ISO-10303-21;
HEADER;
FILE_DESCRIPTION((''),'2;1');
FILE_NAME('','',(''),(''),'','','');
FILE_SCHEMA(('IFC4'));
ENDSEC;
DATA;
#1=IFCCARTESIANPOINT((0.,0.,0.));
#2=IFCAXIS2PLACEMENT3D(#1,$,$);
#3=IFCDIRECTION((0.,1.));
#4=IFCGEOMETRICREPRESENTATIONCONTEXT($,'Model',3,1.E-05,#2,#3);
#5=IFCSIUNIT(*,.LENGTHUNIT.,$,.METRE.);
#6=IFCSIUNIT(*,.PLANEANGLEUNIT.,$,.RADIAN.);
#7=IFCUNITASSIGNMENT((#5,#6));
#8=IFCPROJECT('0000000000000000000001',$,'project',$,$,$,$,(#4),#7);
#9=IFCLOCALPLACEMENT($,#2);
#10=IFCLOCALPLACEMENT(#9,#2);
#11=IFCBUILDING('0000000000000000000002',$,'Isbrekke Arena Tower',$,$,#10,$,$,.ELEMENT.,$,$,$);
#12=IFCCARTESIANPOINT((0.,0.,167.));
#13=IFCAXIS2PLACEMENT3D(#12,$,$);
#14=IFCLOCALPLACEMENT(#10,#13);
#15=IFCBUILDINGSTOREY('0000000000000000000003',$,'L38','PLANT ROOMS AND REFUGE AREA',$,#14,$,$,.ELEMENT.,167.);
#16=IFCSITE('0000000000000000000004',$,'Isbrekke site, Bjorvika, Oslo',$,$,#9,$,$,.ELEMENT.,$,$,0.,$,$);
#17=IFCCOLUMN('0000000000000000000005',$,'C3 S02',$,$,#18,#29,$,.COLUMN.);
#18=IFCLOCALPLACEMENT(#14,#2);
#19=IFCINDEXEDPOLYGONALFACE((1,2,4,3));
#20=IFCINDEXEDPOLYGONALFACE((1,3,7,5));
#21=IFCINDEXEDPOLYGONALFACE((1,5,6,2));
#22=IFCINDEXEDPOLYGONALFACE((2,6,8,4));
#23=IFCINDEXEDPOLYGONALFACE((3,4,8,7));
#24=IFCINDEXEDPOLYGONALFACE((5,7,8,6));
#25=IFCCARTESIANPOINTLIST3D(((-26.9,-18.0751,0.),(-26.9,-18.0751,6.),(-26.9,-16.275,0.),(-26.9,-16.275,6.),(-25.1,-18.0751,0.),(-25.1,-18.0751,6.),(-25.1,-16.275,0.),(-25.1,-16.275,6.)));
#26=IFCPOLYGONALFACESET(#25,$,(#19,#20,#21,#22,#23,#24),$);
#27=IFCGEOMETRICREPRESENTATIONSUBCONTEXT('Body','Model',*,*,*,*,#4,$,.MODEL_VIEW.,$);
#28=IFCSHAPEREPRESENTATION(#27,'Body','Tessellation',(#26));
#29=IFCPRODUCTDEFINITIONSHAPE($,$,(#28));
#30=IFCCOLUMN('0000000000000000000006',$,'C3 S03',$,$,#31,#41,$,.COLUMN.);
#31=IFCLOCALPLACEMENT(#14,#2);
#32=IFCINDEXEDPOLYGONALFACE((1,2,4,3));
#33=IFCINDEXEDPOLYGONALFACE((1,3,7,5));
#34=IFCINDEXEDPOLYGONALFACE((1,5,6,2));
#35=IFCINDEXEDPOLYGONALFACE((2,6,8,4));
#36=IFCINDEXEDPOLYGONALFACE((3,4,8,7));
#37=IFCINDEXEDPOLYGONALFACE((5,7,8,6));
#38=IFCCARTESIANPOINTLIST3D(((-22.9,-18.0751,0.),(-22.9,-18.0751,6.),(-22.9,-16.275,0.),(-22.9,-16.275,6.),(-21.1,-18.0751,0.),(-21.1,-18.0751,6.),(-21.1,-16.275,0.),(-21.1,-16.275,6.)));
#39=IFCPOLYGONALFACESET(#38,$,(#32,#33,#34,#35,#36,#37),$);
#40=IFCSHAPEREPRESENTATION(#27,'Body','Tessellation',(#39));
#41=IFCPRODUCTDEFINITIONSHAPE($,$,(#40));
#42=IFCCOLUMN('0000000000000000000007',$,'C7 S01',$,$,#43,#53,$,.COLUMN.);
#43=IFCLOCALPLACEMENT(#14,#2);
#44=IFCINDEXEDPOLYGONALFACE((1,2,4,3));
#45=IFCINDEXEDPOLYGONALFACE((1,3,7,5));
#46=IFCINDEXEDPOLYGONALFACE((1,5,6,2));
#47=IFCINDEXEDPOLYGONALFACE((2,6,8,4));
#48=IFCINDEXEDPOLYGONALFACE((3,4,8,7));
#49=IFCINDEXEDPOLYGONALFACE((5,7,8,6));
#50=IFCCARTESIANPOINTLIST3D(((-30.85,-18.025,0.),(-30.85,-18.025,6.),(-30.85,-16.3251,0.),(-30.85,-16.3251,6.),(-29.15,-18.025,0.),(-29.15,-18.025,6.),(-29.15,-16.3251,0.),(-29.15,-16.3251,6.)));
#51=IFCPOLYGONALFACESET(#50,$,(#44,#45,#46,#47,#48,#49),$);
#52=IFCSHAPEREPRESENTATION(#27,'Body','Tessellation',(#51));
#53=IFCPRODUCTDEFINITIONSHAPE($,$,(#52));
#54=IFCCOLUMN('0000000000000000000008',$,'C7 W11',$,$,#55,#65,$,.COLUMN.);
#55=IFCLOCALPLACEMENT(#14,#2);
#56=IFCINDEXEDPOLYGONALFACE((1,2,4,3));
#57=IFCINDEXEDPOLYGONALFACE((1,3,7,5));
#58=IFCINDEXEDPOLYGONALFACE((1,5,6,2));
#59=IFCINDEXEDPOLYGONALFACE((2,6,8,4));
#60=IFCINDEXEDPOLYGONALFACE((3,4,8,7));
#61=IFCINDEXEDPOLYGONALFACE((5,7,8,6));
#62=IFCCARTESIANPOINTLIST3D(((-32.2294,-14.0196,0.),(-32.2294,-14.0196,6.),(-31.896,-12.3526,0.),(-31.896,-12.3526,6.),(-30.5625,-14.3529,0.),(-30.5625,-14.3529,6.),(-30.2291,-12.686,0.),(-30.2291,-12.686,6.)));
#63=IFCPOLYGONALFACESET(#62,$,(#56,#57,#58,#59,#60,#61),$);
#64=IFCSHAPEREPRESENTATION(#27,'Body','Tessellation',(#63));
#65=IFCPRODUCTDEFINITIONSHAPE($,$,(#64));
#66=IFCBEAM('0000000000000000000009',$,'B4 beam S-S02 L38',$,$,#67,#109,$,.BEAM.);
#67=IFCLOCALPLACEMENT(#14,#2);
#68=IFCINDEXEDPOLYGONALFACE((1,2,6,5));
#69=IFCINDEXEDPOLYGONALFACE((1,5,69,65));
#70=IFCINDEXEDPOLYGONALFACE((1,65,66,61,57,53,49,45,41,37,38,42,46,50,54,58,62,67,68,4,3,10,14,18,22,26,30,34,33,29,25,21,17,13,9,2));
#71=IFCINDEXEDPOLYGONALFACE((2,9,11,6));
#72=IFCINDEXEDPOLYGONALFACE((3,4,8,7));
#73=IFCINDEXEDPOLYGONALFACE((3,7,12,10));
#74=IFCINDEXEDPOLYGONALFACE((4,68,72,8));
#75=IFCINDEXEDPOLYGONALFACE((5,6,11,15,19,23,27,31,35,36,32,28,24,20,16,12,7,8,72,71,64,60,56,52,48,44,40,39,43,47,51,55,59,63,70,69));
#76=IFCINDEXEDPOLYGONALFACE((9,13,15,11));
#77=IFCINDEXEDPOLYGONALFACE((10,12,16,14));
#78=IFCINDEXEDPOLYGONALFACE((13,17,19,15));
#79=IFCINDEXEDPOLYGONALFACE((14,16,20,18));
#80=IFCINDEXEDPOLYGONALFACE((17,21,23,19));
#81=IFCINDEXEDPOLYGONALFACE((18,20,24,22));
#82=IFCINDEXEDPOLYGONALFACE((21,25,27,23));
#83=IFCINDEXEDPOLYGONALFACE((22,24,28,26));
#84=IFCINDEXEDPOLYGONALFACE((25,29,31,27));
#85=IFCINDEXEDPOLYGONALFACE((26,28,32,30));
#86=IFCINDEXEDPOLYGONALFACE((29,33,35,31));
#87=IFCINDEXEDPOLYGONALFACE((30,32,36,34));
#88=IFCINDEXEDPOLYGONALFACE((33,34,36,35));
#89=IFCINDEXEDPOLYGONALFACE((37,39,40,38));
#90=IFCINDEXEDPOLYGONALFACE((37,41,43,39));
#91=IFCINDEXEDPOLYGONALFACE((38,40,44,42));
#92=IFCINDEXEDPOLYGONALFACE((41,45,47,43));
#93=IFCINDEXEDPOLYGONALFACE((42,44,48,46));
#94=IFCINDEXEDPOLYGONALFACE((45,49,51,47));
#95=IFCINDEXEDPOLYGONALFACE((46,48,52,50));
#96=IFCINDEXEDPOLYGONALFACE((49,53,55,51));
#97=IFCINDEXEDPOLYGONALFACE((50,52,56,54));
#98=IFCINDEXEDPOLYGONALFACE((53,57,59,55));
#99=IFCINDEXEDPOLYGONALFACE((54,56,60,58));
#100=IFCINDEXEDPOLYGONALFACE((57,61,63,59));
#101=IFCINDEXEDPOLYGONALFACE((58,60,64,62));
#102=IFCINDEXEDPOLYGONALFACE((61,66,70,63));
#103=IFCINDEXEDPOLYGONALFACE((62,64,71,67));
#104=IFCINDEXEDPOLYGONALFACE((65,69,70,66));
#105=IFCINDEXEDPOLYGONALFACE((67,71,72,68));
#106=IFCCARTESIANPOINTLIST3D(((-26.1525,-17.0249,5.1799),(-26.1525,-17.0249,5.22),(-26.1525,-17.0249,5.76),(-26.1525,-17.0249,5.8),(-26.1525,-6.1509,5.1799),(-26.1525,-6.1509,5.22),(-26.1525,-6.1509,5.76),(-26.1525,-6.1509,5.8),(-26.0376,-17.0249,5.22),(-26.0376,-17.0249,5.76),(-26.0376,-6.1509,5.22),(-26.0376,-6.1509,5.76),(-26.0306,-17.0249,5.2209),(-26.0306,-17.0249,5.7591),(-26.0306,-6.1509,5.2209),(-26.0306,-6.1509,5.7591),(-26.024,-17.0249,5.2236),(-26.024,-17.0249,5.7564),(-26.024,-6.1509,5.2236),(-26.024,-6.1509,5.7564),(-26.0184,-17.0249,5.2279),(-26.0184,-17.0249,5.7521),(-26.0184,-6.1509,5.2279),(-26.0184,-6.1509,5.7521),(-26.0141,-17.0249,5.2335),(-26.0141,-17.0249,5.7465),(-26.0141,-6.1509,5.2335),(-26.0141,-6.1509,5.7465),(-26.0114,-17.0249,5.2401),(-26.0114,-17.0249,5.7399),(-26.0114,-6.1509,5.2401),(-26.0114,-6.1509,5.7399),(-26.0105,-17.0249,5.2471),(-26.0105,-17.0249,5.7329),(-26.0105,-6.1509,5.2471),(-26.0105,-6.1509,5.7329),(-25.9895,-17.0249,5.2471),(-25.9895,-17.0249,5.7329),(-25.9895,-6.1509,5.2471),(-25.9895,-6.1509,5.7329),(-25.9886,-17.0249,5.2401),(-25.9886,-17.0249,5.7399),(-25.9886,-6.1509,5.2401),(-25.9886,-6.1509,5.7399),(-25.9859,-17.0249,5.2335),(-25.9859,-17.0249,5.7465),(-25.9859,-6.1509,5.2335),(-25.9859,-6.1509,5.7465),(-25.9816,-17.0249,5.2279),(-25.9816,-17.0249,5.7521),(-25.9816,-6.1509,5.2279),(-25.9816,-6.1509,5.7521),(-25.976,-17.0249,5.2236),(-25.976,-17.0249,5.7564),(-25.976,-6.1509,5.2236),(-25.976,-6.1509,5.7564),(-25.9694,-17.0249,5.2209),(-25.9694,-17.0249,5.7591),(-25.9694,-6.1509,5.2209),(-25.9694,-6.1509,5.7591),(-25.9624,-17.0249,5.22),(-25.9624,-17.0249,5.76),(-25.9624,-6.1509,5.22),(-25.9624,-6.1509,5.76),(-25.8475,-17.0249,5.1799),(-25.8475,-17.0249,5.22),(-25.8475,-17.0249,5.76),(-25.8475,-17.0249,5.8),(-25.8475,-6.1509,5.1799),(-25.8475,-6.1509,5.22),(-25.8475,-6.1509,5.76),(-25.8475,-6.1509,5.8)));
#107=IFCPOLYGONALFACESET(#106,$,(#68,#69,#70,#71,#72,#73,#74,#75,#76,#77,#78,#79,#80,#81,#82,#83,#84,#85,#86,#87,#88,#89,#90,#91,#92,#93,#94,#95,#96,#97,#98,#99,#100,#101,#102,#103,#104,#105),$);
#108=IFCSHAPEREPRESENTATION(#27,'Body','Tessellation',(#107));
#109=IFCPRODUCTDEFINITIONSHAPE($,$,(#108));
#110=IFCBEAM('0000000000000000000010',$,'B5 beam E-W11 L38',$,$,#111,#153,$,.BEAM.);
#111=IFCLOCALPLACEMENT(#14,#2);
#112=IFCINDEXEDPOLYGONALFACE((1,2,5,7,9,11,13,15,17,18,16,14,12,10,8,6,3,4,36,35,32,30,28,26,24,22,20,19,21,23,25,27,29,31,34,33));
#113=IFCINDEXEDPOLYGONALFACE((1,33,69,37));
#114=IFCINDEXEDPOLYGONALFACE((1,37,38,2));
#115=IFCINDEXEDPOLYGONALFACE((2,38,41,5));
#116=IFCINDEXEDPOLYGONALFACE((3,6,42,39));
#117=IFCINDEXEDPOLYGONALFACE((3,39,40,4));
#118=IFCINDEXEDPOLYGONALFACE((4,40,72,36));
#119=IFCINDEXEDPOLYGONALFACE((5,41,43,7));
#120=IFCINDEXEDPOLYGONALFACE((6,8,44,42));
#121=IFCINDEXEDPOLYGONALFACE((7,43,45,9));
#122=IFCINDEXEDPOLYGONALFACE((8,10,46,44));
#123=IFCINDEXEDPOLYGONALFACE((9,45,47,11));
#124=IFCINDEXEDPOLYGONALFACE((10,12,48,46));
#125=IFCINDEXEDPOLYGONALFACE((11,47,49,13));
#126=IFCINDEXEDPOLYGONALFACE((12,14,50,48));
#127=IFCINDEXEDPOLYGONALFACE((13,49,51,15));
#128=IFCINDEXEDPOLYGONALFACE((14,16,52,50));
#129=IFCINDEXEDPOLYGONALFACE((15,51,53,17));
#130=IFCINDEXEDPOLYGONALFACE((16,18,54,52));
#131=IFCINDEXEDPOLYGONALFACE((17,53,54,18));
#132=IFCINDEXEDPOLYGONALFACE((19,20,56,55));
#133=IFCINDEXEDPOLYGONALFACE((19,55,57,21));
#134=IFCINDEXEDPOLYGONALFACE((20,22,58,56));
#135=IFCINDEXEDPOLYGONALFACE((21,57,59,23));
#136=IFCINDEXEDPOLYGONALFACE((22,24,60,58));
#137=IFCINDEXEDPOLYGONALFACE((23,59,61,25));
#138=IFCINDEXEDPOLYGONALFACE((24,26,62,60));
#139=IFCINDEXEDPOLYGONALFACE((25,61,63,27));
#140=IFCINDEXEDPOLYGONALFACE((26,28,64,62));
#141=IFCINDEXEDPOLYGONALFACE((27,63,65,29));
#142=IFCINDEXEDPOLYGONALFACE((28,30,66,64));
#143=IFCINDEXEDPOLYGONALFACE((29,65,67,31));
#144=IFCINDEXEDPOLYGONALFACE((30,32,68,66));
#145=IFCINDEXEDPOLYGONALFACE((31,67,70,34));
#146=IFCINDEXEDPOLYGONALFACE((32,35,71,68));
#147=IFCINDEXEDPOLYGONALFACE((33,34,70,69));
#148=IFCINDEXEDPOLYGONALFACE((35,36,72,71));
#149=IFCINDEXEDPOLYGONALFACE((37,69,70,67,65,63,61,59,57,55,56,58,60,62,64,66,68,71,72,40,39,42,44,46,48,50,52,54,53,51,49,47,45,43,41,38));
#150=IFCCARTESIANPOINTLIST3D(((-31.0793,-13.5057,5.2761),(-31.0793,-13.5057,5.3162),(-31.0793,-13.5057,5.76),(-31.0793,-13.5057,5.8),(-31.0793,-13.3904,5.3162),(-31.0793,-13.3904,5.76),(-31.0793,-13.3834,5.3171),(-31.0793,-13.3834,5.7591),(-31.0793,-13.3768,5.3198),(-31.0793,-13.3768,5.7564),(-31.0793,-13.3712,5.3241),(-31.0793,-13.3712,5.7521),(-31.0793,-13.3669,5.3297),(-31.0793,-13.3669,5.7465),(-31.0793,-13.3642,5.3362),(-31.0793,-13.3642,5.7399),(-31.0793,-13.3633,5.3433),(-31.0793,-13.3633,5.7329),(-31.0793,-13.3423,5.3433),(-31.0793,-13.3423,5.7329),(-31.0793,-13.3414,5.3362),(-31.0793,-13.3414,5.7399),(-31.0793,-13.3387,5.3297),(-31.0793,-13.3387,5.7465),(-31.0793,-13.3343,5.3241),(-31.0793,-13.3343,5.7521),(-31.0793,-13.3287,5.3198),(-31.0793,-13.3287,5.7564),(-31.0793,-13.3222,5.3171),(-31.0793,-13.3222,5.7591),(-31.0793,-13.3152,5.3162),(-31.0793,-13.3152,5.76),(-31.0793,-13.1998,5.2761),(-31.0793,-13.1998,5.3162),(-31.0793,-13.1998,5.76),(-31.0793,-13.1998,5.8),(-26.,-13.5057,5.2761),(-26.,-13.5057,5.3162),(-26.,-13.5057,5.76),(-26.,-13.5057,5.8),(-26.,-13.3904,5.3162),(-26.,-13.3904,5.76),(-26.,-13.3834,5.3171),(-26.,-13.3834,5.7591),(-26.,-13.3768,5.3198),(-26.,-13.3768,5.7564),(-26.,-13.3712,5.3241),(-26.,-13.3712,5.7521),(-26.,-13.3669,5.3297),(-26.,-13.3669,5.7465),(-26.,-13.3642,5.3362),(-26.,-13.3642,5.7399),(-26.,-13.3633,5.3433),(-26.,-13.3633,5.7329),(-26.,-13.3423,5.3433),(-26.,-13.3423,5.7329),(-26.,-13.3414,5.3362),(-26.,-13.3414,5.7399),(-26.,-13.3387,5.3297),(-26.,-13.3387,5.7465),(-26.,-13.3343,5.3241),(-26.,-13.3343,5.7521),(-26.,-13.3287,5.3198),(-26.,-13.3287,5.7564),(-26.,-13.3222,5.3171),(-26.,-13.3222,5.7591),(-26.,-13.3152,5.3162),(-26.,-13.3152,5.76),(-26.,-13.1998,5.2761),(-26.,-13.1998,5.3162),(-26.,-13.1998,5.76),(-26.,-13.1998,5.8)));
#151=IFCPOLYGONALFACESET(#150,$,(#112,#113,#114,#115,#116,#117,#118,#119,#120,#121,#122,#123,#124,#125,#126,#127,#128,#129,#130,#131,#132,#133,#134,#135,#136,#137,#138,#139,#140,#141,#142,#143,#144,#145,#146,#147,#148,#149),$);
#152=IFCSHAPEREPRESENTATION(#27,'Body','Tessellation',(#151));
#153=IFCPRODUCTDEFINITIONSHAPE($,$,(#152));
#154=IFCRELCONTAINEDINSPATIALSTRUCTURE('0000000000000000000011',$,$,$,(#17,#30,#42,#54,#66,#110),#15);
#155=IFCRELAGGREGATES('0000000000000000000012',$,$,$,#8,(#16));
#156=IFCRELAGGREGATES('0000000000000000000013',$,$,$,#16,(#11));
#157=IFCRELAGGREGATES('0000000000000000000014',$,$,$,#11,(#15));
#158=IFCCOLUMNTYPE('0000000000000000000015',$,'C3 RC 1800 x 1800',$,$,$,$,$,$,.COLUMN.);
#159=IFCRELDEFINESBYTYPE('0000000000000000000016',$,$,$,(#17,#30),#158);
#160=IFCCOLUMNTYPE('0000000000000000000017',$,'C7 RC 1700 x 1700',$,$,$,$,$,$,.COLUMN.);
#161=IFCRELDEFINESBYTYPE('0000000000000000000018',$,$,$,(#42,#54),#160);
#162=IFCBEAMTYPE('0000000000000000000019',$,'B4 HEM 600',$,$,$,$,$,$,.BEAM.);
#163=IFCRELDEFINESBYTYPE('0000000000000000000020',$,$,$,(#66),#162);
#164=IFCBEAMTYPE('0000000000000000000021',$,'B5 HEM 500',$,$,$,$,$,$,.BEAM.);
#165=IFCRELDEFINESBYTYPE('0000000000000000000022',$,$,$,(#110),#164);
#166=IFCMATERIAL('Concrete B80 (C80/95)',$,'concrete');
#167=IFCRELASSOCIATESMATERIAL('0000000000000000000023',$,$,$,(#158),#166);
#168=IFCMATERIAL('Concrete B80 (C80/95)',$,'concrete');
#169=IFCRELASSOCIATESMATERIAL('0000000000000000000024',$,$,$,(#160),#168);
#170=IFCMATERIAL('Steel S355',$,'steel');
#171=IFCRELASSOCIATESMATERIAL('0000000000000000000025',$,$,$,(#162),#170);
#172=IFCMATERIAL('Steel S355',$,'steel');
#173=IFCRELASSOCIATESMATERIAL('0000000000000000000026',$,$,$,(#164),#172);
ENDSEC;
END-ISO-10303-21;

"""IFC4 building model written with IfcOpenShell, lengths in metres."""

from ifc_helpers import new_model, si_unit, direction, frame, origin, origin_2d, place, context, subcontext, project, spatial, rectangle, i_section, extrude, material, material_profile, profile_set, type_object, element, save


model = new_model("IFC4")

# Units and contexts
model_context = context("Model", 3, precision=1e-05, world=origin(), true_north=direction((0.0, 1.0)))
body_context = subcontext(model_context, "Body", "Model", "MODEL_VIEW")
ifc_project = project(units=[si_unit("LENGTHUNIT", "METRE"), si_unit("PLANEANGLEUNIT", "RADIAN")], contexts=[model_context])

# Site, building, storey
site_placement = place(None, origin())
site = spatial("IfcSite", under=ifc_project, at=site_placement, Name="Isbrekke site, Bjorvika, Oslo", CompositionType="ELEMENT", RefElevation=0.0)
building_placement = place(site_placement, origin())
building = spatial("IfcBuilding", under=site, at=building_placement, Name="Isbrekke Arena Tower", CompositionType="ELEMENT")
storey_placement = place(building_placement, frame((0.0, 0.0, 167.0)))
storey = spatial("IfcBuildingStorey", under=building, at=storey_placement, Name="L38", Description="PLANT ROOMS AND REFUGE AREA", CompositionType="ELEMENT", Elevation=167.0)

# Columns
ifc_material_1 = material(Name="Concrete B80 (C80/95)", Category="concrete")
ifc_material_profile_1 = material_profile(ifc_material_1, rectangle(XDim=1.8, YDim=1.8, at=origin_2d()), Name="RC 1800x1800")
ifc_profile_set_1 = profile_set([ifc_material_profile_1], Name="Concrete B80 (C80/95)")
column_type_1 = type_object("IfcColumnType", Name="C3 RC 1800 x 1800", PredefinedType="COLUMN", material=ifc_profile_set_1)
for number, where, z_axis, x_axis, name in (
    (1, (-26.0, -17.175, 0.0), (0.0, 0.0, 1.0), (1.0, 0.0, 0.0), "C3 S02"),
    (2, (-22.0, -17.175, 0.0), (0.0, 0.0, 1.0), (1.0, 0.0, 0.0), "C3 S03"),
):
    element("IfcColumn", number, at=place(storey_placement, frame(where, z_axis=z_axis, x_axis=x_axis)), inside=storey, type_object=column_type_1, Name=name, PredefinedType="COLUMN", context=body_context, shape_type="SweptSolid", body=[
        extrude(rectangle(XDim=1.8, YDim=1.8, at=origin_2d()), origin(), (0.0, 0.0, 1.0), 6.0),
    ])
ifc_material_2 = material(Name="Concrete B80 (C80/95)", Category="concrete")
ifc_material_profile_2 = material_profile(ifc_material_2, rectangle(XDim=1.7, YDim=1.7, at=origin_2d()), Name="RC 1700x1700")
ifc_profile_set_2 = profile_set([ifc_material_profile_2], Name="Concrete B80 (C80/95)")
column_type_2 = type_object("IfcColumnType", Name="C7 RC 1700 x 1700", PredefinedType="COLUMN", material=ifc_profile_set_2)
for number, where, z_axis, x_axis, name in (
    (3, (-30.0, -17.175, 0.0), (0.0, 0.0, 1.0), (1.0, 0.0, 0.0), "C7 S01"),
    (4, (-31.2292, -13.3528, 0.0), (0.0, 0.0, 1.0), (-0.196116, -0.980581, 0.0), "C7 W11"),
):
    element("IfcColumn", number, at=place(storey_placement, frame(where, z_axis=z_axis, x_axis=x_axis)), inside=storey, type_object=column_type_2, Name=name, PredefinedType="COLUMN", context=body_context, shape_type="SweptSolid", body=[
        extrude(rectangle(XDim=1.7, YDim=1.7, at=origin_2d()), origin(), (0.0, 0.0, 1.0), 6.0),
    ])

# Beams
ifc_material_3 = material(Name="Steel S355", Category="steel")
ifc_material_profile_3 = material_profile(ifc_material_3, i_section(OverallWidth=0.3049, OverallDepth=0.6201, WebThickness=0.021, FlangeThickness=0.04, FilletRadius=0.0271, at=origin_2d()), Name="HEM 600")
ifc_profile_set_3 = profile_set([ifc_material_profile_3], Name="Steel S355")
beam_type_1 = type_object("IfcBeamType", Name="B4 HEM 600", PredefinedType="BEAM", material=ifc_profile_set_3)
beam_1_placement = place(storey_placement, frame((-26.0, -17.0249, 5.49), z_axis=(0.0, 1.0, 0.0), x_axis=(-1.0, 0.0, 0.0)))
element("IfcBeam", 5, at=beam_1_placement, inside=storey, type_object=beam_type_1, Name="B4 beam S-S02 L38", PredefinedType="BEAM", context=body_context, shape_type="SweptSolid", body=[
    extrude(i_section(OverallWidth=0.3049, OverallDepth=0.6201, WebThickness=0.021, FlangeThickness=0.04, FilletRadius=0.0271, at=origin_2d()), origin(), (0.0, 0.0, 1.0), 10.874),
])
ifc_material_4 = material(Name="Steel S355", Category="steel")
ifc_material_profile_4 = material_profile(ifc_material_4, i_section(OverallWidth=0.3059, OverallDepth=0.5239, WebThickness=0.021, FlangeThickness=0.04, FilletRadius=0.0271, at=origin_2d()), Name="HEM 500")
ifc_profile_set_4 = profile_set([ifc_material_profile_4], Name="Steel S355")
beam_type_2 = type_object("IfcBeamType", Name="B5 HEM 500", PredefinedType="BEAM", material=ifc_profile_set_4)
beam_2_placement = place(storey_placement, frame((-31.0793, -13.3528, 5.5381), z_axis=(1.0, 0.0, 0.0), x_axis=(0.0, 1.0, 0.0)))
element("IfcBeam", 6, at=beam_2_placement, inside=storey, type_object=beam_type_2, Name="B5 beam E-W11 L38", PredefinedType="BEAM", context=body_context, shape_type="SweptSolid", body=[
    extrude(i_section(OverallWidth=0.3059, OverallDepth=0.5239, WebThickness=0.021, FlangeThickness=0.04, FilletRadius=0.0271, at=origin_2d()), origin(), (0.0, 0.0, 1.0), 5.0793),
])

save(model, "model.ifc")
